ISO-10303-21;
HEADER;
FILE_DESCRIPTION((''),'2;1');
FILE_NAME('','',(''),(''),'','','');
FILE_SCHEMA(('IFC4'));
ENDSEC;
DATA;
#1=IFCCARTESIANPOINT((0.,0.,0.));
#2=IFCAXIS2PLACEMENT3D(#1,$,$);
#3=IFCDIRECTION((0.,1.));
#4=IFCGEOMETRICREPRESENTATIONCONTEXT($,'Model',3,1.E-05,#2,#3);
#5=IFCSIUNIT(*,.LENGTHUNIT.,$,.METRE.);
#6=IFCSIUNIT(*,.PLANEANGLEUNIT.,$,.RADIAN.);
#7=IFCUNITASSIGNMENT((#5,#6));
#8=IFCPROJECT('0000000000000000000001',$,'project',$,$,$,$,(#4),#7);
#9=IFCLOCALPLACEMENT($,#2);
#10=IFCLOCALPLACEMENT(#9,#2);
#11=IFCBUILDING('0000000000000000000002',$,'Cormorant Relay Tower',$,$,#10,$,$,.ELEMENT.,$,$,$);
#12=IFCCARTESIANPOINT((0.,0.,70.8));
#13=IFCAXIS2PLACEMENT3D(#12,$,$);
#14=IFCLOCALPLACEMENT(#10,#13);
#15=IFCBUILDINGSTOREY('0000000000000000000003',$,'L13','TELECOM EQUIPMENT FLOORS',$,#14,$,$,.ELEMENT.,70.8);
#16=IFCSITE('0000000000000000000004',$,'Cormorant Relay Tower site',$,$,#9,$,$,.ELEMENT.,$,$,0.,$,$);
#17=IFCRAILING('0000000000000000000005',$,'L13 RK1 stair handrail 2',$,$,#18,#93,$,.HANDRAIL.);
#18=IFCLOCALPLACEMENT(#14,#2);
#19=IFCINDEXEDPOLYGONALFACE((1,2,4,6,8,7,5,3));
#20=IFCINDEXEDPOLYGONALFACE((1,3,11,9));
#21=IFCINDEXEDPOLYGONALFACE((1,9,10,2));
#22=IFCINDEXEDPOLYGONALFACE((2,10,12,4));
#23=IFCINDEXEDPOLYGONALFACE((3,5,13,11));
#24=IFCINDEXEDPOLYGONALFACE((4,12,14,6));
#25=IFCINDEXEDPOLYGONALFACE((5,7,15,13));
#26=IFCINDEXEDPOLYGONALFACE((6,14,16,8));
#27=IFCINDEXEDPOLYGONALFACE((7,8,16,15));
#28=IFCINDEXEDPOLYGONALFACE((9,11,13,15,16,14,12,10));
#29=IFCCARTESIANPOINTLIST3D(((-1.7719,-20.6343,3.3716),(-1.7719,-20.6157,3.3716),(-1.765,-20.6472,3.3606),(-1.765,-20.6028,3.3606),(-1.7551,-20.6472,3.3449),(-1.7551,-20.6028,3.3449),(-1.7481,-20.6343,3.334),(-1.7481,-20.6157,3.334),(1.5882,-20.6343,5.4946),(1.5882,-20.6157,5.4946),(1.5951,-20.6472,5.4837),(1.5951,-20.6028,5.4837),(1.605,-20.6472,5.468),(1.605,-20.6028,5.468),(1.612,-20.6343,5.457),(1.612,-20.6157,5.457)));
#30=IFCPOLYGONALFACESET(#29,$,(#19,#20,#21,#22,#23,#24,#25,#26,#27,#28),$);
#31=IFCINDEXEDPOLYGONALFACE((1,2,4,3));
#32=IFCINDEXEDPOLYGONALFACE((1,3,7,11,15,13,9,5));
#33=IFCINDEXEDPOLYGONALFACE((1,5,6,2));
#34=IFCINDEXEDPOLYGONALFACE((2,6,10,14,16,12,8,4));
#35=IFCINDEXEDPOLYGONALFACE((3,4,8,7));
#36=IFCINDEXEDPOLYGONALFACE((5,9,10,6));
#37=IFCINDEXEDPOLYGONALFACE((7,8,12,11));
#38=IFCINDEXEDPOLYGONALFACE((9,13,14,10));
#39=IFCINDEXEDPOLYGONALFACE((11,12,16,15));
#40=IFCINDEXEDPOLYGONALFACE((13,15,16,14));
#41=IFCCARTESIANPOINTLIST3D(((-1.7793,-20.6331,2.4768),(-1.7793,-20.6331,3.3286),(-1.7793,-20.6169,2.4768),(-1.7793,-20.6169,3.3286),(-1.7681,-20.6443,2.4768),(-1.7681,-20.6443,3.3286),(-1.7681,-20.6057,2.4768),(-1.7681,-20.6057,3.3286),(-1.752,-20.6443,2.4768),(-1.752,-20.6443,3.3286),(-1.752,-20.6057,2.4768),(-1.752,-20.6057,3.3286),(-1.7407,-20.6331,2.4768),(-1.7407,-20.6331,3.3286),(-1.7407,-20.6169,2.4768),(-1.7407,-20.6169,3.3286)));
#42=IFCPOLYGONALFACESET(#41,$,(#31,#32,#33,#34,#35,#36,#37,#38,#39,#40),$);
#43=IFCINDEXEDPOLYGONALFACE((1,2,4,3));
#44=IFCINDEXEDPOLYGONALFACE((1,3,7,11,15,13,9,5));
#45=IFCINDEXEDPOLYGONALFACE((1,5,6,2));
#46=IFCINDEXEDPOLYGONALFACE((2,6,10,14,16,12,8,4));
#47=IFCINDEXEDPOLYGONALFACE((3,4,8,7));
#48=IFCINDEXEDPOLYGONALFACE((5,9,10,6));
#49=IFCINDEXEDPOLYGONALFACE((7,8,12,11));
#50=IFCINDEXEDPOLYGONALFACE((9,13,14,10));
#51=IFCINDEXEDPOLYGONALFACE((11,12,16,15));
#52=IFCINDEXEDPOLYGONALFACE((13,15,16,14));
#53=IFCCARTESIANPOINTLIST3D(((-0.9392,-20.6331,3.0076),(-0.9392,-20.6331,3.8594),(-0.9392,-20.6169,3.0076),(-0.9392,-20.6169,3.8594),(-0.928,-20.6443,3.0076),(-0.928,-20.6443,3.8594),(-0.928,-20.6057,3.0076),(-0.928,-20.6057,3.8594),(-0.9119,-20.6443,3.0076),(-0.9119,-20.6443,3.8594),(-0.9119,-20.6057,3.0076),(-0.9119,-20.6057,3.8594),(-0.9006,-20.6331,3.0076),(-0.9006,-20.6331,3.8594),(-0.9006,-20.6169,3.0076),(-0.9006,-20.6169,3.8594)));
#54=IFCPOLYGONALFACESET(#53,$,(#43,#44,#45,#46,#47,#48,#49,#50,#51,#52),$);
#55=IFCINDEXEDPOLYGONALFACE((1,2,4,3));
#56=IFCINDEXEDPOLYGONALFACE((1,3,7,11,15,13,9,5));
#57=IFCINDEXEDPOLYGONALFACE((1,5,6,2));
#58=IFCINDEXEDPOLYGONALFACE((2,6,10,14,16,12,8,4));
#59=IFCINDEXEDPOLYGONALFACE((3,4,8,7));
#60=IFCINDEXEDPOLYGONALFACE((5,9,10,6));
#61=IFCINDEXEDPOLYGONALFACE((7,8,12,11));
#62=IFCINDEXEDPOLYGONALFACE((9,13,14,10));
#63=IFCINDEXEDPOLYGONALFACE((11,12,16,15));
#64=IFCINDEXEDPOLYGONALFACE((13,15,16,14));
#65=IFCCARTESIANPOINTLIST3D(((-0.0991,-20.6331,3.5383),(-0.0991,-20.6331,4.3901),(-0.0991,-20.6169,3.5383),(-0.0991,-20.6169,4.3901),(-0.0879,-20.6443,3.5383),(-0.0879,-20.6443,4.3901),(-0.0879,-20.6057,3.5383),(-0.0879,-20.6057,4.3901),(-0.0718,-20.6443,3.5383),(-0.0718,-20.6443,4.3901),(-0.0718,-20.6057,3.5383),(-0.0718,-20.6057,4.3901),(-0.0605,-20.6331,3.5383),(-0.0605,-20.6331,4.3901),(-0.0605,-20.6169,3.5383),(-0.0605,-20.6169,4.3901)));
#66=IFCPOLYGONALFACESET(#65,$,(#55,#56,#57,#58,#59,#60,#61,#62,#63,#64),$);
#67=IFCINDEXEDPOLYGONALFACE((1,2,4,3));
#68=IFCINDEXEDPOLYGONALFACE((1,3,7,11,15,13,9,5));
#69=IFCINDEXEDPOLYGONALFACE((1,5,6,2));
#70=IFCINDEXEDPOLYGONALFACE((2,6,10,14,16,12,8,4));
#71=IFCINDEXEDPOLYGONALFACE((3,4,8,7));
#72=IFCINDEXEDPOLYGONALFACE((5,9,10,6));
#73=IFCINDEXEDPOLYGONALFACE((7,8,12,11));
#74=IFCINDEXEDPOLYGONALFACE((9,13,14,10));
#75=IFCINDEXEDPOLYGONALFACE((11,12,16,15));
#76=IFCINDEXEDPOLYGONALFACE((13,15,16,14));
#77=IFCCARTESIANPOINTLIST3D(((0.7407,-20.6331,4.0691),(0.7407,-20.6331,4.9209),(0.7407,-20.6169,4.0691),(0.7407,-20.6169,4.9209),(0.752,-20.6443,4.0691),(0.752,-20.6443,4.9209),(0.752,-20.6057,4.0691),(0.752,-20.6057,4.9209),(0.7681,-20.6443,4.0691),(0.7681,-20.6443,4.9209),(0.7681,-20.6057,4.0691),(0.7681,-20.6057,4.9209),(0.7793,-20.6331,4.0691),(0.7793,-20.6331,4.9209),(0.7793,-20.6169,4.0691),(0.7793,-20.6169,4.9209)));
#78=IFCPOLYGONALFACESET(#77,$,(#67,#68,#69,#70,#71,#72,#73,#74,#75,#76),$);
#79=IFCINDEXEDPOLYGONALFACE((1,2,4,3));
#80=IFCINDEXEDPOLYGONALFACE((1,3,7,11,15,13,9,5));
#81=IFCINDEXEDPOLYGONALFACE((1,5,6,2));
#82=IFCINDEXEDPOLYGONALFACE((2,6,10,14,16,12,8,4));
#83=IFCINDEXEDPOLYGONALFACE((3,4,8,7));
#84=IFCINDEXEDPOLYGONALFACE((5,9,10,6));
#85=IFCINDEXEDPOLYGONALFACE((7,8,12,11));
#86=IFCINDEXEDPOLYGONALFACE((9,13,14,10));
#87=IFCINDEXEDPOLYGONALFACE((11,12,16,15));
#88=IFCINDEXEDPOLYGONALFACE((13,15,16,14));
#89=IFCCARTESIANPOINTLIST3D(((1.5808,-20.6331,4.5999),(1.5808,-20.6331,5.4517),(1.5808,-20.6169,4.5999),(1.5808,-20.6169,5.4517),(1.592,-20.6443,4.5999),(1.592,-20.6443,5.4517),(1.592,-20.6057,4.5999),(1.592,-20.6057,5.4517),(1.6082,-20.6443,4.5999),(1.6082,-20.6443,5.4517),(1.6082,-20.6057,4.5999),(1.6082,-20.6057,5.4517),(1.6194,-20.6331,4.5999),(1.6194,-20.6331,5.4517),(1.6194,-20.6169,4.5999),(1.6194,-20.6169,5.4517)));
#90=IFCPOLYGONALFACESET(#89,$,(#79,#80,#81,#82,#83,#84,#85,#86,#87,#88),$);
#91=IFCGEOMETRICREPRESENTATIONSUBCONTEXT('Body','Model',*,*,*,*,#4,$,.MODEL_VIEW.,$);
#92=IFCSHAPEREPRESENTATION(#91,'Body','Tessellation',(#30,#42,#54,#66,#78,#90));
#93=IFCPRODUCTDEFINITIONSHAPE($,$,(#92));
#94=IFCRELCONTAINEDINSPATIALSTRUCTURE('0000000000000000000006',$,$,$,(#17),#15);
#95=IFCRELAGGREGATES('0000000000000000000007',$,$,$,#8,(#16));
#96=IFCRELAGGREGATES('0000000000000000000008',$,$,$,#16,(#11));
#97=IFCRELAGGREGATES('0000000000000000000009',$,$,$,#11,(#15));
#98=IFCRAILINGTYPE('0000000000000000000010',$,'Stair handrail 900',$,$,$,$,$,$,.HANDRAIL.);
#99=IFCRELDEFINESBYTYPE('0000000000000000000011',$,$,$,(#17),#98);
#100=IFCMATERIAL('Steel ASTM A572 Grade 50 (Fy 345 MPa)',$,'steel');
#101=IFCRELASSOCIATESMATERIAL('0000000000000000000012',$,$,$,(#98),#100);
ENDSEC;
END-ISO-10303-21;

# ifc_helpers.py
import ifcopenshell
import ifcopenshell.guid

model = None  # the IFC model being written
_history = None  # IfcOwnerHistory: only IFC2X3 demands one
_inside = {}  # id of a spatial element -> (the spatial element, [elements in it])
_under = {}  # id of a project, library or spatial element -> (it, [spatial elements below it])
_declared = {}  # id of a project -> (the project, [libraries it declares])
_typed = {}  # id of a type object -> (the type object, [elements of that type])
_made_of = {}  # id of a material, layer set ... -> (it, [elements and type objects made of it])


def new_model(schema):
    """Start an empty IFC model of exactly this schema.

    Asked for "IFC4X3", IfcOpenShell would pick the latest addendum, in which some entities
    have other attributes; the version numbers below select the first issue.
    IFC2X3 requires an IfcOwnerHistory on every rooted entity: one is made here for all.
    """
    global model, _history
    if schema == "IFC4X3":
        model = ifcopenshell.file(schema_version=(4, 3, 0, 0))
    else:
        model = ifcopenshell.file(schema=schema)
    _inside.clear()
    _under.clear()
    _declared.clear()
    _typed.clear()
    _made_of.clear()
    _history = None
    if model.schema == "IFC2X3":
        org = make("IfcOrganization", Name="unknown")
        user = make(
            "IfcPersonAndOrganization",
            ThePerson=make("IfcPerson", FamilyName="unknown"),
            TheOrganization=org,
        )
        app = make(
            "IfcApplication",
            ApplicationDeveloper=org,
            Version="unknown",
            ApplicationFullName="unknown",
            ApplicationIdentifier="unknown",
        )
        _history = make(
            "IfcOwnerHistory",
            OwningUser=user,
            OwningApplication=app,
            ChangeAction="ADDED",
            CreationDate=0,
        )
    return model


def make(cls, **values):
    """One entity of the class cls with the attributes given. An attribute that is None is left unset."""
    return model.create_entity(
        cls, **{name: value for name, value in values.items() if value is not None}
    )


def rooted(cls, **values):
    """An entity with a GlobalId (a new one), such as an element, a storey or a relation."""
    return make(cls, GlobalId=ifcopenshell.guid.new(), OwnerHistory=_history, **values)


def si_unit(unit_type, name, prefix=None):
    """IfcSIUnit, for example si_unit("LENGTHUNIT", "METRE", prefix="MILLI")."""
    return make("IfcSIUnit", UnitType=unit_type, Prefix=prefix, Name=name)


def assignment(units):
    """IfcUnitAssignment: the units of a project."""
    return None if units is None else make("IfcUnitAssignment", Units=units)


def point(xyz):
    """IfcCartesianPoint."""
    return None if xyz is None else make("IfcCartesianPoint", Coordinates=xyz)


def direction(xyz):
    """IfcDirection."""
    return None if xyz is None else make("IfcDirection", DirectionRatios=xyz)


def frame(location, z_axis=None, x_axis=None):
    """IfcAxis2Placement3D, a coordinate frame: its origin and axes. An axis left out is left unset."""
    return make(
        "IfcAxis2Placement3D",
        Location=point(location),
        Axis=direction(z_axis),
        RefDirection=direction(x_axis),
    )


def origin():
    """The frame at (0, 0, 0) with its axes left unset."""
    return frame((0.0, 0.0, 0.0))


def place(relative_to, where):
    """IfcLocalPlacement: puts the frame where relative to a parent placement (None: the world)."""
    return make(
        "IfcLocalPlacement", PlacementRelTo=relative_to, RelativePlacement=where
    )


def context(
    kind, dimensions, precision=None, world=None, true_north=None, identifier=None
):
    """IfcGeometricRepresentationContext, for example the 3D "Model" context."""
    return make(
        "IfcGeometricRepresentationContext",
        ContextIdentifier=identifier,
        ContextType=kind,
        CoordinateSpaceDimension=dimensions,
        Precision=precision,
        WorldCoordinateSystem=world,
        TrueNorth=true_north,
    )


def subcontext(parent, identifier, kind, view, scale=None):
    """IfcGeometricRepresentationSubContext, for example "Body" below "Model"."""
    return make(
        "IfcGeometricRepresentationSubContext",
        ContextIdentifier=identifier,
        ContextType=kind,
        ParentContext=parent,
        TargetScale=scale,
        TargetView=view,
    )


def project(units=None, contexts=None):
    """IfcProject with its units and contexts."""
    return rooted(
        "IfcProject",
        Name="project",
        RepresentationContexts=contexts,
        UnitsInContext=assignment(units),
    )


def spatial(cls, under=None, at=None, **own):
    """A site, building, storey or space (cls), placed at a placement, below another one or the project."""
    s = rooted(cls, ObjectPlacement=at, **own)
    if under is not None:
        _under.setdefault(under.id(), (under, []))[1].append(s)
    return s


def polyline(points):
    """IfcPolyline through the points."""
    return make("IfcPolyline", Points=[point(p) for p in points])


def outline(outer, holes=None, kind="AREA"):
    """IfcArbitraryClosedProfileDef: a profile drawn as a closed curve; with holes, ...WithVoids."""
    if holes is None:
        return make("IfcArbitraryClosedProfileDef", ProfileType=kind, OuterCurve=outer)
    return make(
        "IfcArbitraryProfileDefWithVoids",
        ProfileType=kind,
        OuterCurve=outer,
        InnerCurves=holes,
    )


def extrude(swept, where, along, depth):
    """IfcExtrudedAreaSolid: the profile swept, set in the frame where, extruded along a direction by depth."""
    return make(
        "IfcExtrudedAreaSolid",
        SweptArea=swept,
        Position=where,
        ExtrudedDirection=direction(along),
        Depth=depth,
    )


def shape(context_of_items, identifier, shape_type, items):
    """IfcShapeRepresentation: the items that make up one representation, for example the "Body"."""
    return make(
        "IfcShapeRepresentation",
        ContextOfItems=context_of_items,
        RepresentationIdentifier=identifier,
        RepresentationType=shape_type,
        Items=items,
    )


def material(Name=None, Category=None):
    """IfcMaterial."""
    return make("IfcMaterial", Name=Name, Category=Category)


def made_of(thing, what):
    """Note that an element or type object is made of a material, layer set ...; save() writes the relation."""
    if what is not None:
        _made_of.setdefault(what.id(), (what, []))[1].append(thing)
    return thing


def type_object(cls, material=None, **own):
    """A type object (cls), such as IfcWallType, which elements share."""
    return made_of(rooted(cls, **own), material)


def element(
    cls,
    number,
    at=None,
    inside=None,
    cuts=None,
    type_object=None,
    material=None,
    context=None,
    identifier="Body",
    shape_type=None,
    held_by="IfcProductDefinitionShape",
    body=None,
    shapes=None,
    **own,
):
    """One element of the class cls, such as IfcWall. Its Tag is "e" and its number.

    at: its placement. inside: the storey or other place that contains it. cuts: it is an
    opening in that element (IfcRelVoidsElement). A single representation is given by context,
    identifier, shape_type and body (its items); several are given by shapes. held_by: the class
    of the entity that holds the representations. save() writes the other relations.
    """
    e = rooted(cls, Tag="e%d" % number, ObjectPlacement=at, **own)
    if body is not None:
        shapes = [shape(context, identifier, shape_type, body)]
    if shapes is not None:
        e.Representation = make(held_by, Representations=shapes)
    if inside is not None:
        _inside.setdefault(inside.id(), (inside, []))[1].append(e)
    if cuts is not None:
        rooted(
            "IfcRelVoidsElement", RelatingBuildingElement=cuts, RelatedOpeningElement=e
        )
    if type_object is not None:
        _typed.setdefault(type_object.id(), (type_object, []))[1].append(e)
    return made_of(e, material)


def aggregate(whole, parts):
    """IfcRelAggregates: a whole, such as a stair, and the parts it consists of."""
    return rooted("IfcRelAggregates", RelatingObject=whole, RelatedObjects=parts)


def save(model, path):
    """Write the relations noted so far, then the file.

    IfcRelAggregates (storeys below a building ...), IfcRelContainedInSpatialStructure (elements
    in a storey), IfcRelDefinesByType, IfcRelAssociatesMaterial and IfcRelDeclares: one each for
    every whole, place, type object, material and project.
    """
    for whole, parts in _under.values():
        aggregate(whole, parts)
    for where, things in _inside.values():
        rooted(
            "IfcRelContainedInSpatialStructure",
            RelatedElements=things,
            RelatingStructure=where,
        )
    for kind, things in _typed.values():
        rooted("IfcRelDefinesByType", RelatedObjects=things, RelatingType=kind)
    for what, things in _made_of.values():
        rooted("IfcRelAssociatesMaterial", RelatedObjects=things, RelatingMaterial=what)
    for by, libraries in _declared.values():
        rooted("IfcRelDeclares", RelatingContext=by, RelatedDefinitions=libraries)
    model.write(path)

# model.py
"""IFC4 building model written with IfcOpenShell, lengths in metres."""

from ifc_helpers import new_model, si_unit, direction, frame, origin, place, context, subcontext, project, spatial, polyline, outline, extrude, material, type_object, element, save


model = new_model("IFC4")

# Units and contexts
model_context = context("Model", 3, precision=1e-05, world=origin(), true_north=direction((0.0, 1.0)))
body_context = subcontext(model_context, "Body", "Model", "MODEL_VIEW")
ifc_project = project(units=[si_unit("LENGTHUNIT", "METRE"), si_unit("PLANEANGLEUNIT", "RADIAN")], contexts=[model_context])

# Site, building, storey
site_placement = place(None, origin())
site = spatial("IfcSite", under=ifc_project, at=site_placement, Name="Cormorant Relay Tower site", CompositionType="ELEMENT", RefElevation=0.0)
building_placement = place(site_placement, origin())
building = spatial("IfcBuilding", under=site, at=building_placement, Name="Cormorant Relay Tower", CompositionType="ELEMENT")
storey_placement = place(building_placement, frame((0.0, 0.0, 70.8)))
storey = spatial("IfcBuildingStorey", under=building, at=storey_placement, Name="L13", Description="TELECOM EQUIPMENT FLOORS", CompositionType="ELEMENT", Elevation=70.8)

# Railing
ifc_material_1 = material(Name="Steel ASTM A572 Grade 50 (Fy 345 MPa)", Category="steel")
railing_type_1 = type_object("IfcRailingType", Name="Stair handrail 900", PredefinedType="HANDRAIL", material=ifc_material_1)
railing_1_placement = place(storey_placement, frame((-1.76, -20.625, 2.4768)))
element("IfcRailing", 1, at=railing_1_placement, inside=storey, type_object=railing_type_1, Name="L13 RK1 stair handrail 2", PredefinedType="HANDRAIL", context=body_context, shape_type="SweptSolid", body=[
    extrude(outline(polyline([(0.0222, 0.0093), (0.0093, 0.0222), (-0.0093, 0.0222), (-0.0222, 0.0093), (-0.0222, -0.0093), (-0.0093, -0.0222), (0.0093, -0.0222), (0.0222, -0.0093), (0.0222, 0.0093)])), frame((0.0, 0.0, 0.876), z_axis=(0.84539, 0.0, 0.53415), x_axis=(0.0, 1.0, 0.0)), (0.0, 0.0, 1.0), 3.9746),
    extrude(outline(polyline([(0.0193, 0.0081), (0.0081, 0.0193), (-0.0081, 0.0193), (-0.0193, 0.0081), (-0.0193, -0.0081), (-0.0081, -0.0193), (0.0081, -0.0193), (0.0193, -0.0081), (0.0193, 0.0081)])), origin(), (0.0, 0.0, 1.0), 0.8518),
    extrude(outline(polyline([(0.0193, 0.0081), (0.0081, 0.0193), (-0.0081, 0.0193), (-0.0193, 0.0081), (-0.0193, -0.0081), (-0.0081, -0.0193), (0.0081, -0.0193), (0.0193, -0.0081), (0.0193, 0.0081)])), frame((0.8401, 0.0, 0.5308)), (0.0, 0.0, 1.0), 0.8518),
    extrude(outline(polyline([(0.0193, 0.0081), (0.0081, 0.0193), (-0.0081, 0.0193), (-0.0193, 0.0081), (-0.0193, -0.0081), (-0.0081, -0.0193), (0.0081, -0.0193), (0.0193, -0.0081), (0.0193, 0.0081)])), frame((1.6802, 0.0, 1.0615)), (0.0, 0.0, 1.0), 0.8518),
    extrude(outline(polyline([(0.0193, 0.0081), (0.0081, 0.0193), (-0.0081, 0.0193), (-0.0193, 0.0081), (-0.0193, -0.0081), (-0.0081, -0.0193), (0.0081, -0.0193), (0.0193, -0.0081), (0.0193, 0.0081)])), frame((2.52, 0.0, 1.5923)), (0.0, 0.0, 1.0), 0.8518),
    extrude(outline(polyline([(0.0193, 0.0081), (0.0081, 0.0193), (-0.0081, 0.0193), (-0.0193, 0.0081), (-0.0193, -0.0081), (-0.0081, -0.0193), (0.0081, -0.0193), (0.0193, -0.0081), (0.0193, 0.0081)])), frame((3.3601, 0.0, 2.123)), (0.0, 0.0, 1.0), 0.8518),
])

save(model, "model.ifc")
